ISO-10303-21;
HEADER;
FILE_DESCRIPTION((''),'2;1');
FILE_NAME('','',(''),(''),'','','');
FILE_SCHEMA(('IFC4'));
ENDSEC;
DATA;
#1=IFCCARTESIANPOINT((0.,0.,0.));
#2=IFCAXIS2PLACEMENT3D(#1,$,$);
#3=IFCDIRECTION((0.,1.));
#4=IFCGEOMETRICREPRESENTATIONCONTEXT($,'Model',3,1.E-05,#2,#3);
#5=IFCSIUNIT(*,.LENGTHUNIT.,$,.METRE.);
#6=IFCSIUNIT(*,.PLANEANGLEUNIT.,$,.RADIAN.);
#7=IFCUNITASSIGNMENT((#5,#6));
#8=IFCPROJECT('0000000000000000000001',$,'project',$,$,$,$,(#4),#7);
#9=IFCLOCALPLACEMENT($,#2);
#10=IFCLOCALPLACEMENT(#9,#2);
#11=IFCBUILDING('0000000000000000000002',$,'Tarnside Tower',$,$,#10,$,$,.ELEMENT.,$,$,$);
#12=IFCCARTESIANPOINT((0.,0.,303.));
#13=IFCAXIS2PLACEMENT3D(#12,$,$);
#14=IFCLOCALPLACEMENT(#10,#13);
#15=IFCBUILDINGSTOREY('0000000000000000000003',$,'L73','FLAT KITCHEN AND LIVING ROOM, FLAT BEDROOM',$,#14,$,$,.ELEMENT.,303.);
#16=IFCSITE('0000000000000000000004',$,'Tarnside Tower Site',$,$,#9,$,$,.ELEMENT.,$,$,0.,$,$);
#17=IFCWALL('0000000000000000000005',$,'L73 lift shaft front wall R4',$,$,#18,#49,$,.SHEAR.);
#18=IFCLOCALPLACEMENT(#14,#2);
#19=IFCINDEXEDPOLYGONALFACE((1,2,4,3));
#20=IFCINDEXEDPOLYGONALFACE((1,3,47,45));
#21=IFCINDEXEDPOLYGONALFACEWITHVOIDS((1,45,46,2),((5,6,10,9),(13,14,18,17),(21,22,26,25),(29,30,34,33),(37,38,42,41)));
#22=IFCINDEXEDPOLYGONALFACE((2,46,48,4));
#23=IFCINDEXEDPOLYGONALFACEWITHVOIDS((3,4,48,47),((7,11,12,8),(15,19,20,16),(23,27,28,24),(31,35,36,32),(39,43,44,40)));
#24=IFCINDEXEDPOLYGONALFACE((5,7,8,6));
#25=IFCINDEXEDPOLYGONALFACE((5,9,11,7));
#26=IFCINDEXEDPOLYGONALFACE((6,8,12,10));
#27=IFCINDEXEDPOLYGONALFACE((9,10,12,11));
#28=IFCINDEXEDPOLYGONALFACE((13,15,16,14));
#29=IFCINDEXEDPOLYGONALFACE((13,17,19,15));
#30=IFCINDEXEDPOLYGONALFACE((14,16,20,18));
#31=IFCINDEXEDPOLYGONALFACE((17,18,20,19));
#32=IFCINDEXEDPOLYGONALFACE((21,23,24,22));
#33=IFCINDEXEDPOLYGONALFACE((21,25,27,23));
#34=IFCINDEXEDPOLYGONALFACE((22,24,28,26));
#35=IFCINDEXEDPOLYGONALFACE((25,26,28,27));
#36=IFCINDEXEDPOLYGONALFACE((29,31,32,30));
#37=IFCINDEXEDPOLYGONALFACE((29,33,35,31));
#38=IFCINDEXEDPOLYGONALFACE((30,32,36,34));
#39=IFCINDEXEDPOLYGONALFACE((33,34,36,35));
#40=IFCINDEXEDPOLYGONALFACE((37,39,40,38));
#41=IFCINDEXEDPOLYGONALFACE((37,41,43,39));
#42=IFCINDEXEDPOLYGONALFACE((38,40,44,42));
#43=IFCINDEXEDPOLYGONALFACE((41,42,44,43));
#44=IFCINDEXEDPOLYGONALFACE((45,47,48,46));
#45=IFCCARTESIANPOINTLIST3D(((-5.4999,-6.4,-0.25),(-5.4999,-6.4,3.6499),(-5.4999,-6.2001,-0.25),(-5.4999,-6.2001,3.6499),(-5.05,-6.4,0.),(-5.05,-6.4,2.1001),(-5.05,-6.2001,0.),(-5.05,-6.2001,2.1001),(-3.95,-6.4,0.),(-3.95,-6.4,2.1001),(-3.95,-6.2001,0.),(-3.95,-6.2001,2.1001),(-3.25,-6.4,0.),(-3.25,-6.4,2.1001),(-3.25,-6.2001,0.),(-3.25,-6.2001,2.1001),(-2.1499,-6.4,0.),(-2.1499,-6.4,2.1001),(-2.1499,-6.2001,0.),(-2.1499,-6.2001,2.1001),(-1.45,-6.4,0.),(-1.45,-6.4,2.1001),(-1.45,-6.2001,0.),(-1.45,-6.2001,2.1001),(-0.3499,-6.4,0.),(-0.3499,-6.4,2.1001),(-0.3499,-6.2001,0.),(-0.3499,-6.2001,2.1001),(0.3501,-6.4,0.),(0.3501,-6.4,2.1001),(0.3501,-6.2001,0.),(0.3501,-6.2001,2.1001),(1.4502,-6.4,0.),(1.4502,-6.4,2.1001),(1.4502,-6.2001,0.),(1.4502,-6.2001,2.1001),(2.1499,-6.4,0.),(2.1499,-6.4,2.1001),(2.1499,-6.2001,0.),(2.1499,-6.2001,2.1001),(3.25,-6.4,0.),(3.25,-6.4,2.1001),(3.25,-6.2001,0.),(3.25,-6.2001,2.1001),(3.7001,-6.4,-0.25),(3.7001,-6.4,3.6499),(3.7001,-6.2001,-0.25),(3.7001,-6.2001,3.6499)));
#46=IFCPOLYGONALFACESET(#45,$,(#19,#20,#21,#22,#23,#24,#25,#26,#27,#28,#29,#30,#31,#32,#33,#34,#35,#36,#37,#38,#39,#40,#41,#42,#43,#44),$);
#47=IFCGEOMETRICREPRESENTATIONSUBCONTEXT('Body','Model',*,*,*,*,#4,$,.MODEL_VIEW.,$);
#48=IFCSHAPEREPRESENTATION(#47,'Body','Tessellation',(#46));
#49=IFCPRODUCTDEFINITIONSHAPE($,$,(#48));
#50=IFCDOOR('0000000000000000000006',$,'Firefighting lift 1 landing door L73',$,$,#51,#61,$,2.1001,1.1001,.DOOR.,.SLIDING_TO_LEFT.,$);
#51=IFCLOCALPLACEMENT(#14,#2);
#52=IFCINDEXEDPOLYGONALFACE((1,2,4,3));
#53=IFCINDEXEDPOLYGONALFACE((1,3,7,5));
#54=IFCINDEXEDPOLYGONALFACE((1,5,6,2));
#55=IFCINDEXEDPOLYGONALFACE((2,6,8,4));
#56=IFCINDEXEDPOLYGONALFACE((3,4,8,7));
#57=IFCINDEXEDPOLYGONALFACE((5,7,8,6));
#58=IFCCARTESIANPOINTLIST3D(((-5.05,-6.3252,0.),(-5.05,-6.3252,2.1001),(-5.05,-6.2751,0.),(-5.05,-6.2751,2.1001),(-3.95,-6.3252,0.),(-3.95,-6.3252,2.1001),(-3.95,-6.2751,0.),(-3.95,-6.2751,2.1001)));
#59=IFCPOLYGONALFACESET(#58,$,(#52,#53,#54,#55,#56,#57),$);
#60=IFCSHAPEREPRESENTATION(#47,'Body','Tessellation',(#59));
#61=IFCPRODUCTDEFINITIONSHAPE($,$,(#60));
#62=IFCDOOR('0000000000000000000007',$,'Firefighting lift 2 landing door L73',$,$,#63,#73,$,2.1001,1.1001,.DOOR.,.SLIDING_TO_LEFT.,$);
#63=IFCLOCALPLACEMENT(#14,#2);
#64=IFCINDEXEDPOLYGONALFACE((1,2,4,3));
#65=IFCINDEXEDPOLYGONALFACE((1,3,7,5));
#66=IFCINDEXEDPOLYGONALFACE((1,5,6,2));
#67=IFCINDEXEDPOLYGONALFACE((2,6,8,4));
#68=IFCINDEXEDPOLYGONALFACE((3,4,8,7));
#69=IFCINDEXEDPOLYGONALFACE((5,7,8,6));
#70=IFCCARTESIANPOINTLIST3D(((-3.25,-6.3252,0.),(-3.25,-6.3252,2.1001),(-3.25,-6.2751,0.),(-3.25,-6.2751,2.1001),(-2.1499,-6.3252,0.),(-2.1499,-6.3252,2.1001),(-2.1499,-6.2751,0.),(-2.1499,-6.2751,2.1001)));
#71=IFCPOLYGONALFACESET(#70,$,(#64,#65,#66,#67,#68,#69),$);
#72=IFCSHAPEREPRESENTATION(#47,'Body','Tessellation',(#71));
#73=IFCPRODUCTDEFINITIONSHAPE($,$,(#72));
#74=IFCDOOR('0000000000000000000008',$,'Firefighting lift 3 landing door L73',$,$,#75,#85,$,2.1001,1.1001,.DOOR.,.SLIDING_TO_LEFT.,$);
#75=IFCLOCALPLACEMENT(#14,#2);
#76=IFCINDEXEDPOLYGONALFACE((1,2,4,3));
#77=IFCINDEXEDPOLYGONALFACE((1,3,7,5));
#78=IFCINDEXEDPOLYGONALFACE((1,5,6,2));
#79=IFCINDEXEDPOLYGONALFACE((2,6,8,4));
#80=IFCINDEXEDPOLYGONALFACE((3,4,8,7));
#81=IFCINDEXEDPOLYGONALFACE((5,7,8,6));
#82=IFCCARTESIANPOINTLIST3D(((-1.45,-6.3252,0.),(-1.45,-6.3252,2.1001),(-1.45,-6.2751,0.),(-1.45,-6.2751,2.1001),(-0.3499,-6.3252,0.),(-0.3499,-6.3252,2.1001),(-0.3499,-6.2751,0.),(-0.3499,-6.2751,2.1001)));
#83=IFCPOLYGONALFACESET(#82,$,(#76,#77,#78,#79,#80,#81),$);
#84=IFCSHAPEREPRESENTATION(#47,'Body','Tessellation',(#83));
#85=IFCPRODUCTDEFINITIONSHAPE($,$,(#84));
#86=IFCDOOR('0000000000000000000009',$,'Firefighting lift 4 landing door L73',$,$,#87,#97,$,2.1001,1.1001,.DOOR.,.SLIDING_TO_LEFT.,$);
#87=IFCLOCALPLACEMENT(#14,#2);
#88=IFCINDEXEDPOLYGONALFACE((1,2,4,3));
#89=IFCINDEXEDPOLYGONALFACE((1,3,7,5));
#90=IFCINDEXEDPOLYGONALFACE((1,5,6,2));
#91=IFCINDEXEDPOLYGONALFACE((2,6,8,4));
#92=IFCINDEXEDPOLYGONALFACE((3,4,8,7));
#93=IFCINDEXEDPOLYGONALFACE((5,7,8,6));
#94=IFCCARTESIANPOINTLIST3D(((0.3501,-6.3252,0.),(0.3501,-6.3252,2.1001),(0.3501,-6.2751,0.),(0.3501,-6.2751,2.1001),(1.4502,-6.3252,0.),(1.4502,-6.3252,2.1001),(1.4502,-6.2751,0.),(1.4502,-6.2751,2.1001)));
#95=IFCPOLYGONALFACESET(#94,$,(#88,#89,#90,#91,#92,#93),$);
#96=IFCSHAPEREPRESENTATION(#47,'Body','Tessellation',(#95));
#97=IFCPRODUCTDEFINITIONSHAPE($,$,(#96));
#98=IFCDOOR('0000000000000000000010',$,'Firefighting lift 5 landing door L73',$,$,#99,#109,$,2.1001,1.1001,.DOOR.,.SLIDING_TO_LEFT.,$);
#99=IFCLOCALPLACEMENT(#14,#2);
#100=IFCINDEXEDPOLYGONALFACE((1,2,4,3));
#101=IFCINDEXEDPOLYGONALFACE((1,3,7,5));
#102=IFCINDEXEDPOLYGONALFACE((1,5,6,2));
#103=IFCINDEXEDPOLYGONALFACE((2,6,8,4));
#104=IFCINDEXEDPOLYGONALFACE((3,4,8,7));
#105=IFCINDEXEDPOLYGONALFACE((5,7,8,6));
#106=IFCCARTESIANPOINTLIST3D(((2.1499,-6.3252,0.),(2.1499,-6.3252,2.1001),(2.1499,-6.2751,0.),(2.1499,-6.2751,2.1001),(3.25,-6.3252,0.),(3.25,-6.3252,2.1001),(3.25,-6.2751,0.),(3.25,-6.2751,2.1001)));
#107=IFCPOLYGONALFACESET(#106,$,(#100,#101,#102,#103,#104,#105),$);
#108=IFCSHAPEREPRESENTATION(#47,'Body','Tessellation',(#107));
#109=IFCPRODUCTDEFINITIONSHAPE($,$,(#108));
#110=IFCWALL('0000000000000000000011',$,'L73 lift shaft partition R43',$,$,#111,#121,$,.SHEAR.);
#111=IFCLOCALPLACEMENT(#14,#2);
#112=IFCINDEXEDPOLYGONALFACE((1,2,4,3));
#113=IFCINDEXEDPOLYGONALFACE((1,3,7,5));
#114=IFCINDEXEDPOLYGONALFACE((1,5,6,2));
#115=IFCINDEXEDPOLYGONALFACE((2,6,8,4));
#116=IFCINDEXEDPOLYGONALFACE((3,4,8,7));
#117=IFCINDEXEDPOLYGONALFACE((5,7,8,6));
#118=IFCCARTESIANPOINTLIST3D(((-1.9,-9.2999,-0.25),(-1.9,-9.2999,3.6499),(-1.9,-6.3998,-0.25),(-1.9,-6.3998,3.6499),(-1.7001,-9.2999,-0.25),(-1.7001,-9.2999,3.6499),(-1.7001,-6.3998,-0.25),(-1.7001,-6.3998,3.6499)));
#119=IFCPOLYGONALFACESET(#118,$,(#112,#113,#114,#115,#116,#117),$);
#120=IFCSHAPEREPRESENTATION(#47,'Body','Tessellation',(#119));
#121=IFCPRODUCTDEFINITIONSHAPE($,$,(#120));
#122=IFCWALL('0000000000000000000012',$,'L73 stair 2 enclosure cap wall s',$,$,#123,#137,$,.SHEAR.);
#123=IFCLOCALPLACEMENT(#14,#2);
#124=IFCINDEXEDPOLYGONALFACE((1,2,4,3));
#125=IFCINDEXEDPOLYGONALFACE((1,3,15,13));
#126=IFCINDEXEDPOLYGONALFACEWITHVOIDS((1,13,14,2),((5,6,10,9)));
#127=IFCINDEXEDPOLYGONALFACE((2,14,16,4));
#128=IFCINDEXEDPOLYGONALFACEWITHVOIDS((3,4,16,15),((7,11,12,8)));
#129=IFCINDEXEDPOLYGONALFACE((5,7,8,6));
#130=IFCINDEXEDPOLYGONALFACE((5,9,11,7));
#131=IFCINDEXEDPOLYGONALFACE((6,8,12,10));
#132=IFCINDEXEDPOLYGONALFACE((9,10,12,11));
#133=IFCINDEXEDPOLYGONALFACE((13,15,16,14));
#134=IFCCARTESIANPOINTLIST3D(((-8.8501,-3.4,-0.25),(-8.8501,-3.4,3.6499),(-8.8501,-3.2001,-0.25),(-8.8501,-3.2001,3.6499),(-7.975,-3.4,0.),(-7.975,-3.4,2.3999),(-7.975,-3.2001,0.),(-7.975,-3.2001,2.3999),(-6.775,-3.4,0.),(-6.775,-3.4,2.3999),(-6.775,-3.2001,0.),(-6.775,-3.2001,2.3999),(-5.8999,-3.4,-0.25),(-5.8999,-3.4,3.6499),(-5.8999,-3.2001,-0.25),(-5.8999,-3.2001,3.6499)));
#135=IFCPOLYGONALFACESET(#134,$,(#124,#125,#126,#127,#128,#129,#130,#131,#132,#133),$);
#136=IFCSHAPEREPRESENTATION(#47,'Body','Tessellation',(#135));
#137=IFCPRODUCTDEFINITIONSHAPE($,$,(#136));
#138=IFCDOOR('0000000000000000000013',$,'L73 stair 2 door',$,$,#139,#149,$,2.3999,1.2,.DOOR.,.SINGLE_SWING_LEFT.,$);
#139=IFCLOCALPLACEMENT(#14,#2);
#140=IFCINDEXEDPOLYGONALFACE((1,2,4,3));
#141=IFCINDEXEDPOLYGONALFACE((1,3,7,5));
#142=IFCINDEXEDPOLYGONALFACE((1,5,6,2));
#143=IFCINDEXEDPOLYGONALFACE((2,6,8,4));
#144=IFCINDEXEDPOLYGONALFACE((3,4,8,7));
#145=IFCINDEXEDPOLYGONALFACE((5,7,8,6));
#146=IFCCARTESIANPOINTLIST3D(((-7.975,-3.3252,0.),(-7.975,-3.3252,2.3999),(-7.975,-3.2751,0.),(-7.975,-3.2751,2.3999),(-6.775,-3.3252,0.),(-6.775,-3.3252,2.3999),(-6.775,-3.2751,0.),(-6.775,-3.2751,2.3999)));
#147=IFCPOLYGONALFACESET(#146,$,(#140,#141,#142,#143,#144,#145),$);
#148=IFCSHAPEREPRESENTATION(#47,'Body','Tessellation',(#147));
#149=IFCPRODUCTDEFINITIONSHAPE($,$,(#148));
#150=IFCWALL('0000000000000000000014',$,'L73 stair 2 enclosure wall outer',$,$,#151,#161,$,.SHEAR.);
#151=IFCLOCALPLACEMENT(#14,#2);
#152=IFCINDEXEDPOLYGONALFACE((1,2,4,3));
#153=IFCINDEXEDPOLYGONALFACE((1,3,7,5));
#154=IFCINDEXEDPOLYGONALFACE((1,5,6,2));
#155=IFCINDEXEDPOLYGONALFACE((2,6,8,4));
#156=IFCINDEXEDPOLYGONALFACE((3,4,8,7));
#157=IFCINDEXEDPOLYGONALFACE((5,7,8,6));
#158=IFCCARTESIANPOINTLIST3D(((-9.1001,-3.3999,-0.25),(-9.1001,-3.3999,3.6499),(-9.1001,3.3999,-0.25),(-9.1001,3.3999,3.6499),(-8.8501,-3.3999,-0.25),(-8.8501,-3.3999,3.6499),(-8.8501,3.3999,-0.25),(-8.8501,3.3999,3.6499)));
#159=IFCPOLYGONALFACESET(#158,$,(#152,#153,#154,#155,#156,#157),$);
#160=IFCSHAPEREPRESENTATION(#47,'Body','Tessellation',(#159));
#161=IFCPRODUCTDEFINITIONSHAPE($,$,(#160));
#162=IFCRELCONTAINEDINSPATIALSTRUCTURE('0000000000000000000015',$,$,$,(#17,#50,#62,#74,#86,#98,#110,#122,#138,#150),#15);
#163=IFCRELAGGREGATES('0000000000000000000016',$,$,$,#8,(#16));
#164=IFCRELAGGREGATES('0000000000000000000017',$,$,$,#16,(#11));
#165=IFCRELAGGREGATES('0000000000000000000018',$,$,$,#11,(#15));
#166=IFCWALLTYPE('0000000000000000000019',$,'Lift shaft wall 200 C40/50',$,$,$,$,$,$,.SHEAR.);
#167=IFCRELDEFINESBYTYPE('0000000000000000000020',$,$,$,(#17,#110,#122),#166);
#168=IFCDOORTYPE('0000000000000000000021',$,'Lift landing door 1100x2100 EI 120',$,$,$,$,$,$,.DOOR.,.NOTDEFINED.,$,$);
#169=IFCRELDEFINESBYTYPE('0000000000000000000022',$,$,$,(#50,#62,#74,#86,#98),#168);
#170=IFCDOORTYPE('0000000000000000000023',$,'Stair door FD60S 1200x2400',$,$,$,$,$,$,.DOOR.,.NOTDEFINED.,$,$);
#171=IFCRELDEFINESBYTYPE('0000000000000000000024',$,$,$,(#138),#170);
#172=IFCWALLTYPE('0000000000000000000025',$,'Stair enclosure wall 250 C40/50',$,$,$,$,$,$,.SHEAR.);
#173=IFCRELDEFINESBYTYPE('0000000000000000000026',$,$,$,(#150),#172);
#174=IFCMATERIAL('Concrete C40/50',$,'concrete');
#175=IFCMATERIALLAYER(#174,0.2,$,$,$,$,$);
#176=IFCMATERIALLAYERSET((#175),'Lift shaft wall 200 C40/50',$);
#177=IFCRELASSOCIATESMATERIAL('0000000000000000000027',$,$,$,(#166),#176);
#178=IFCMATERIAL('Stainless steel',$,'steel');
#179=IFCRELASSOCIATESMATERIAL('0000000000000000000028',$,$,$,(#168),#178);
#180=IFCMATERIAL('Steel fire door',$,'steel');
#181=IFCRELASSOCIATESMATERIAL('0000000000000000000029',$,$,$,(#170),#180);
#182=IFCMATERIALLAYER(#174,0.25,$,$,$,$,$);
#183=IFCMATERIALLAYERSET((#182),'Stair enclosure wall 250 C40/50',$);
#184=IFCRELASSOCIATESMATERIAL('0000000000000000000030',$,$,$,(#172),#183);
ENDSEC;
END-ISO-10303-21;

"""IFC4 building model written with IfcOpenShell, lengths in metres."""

from ifc_helpers import new_model, si_unit, direction, frame, frame_2d, origin, place, context, subcontext, project, spatial, rectangle, extrude, material, layer, layer_set, type_object, element, fill, save


model = new_model("IFC4")

# Units and contexts
model_context = context("Model", 3, precision=1e-05, world=origin(), true_north=direction((0.0, 1.0)))
body_context = subcontext(model_context, "Body", "Model", "MODEL_VIEW")
ifc_project = project(units=[si_unit("LENGTHUNIT", "METRE"), si_unit("PLANEANGLEUNIT", "RADIAN")], contexts=[model_context])

# Site, building, storey
site_placement = place(None, origin())
site = spatial("IfcSite", under=ifc_project, at=site_placement, Name="Tarnside Tower Site", CompositionType="ELEMENT", RefElevation=0.0)
building_placement = place(site_placement, origin())
building = spatial("IfcBuilding", under=site, at=building_placement, Name="Tarnside Tower", CompositionType="ELEMENT")
storey_placement = place(building_placement, frame((0.0, 0.0, 303.0)))
storey = spatial("IfcBuildingStorey", under=building, at=storey_placement, Name="L73", Description="FLAT KITCHEN AND LIVING ROOM, FLAT BEDROOM", CompositionType="ELEMENT", Elevation=303.0)

# Shared definitions
ifc_material_1 = material(Name="Concrete C40/50", Category="concrete")
ifc_material_2 = material(Name="Steel fire door", Category="steel")

# Wall, openings, doors
ifc_layer_1 = layer(ifc_material_1, 0.2)
ifc_layer_set_1 = layer_set([ifc_layer_1], Name="Lift shaft wall 200 C40/50")
wall_type_1 = type_object("IfcWallType", Name="Lift shaft wall 200 C40/50", PredefinedType="SHEAR", material=ifc_layer_set_1)
wall_1_placement = place(storey_placement, frame((-5.5, -6.3, -0.25), z_axis=(0.0, 0.0, 1.0), x_axis=(1.0, 0.0, 0.0)))
wall_1 = element("IfcWall", 1, at=wall_1_placement, inside=storey, type_object=wall_type_1, Name="L73 lift shaft front wall R4", PredefinedType="SHEAR", context=body_context, shape_type="SweptSolid", body=[
    extrude(rectangle(XDim=9.2, YDim=0.2, at=frame_2d((4.6001, 0.0))), origin(), (0.0, 0.0, 1.0), 3.8999),
])
opening_1_placement = place(wall_1_placement, frame((0.45, 0.0, 0.25)))
opening_1 = element("IfcOpeningElement", 2, at=opening_1_placement, cuts=wall_1, PredefinedType="OPENING", context=body_context, shape_type="SweptSolid", body=[
    extrude(rectangle(XDim=1.1001, YDim=2.1001, at=frame_2d((0.55, 1.05))), frame((0.0, 0.1099, 0.0), z_axis=(0.0, -1.0, 0.0), x_axis=(1.0, 0.0, 0.0)), (0.0, 0.0, 1.0), 0.22),
])
opening_2_placement = place(wall_1_placement, frame((2.25, 0.0, 0.25)))
opening_2 = element("IfcOpeningElement", 3, at=opening_2_placement, cuts=wall_1, PredefinedType="OPENING", context=body_context, shape_type="SweptSolid", body=[
    extrude(rectangle(XDim=1.1001, YDim=2.1001, at=frame_2d((0.55, 1.05))), frame((0.0, 0.1099, 0.0), z_axis=(0.0, -1.0, 0.0), x_axis=(1.0, 0.0, 0.0)), (0.0, 0.0, 1.0), 0.22),
])
opening_3_placement = place(wall_1_placement, frame((4.05, 0.0, 0.25)))
opening_3 = element("IfcOpeningElement", 4, at=opening_3_placement, cuts=wall_1, PredefinedType="OPENING", context=body_context, shape_type="SweptSolid", body=[
    extrude(rectangle(XDim=1.1001, YDim=2.1001, at=frame_2d((0.55, 1.05))), frame((0.0, 0.1099, 0.0), z_axis=(0.0, -1.0, 0.0), x_axis=(1.0, 0.0, 0.0)), (0.0, 0.0, 1.0), 0.22),
])
opening_4_placement = place(wall_1_placement, frame((5.8501, 0.0, 0.25)))
opening_4 = element("IfcOpeningElement", 5, at=opening_4_placement, cuts=wall_1, PredefinedType="OPENING", context=body_context, shape_type="SweptSolid", body=[
    extrude(rectangle(XDim=1.1001, YDim=2.1001, at=frame_2d((0.55, 1.05))), frame((0.0, 0.1099, 0.0), z_axis=(0.0, -1.0, 0.0), x_axis=(1.0, 0.0, 0.0)), (0.0, 0.0, 1.0), 0.22),
])
opening_5_placement = place(wall_1_placement, frame((7.6499, 0.0, 0.25)))
opening_5 = element("IfcOpeningElement", 6, at=opening_5_placement, cuts=wall_1, PredefinedType="OPENING", context=body_context, shape_type="SweptSolid", body=[
    extrude(rectangle(XDim=1.1001, YDim=2.1001, at=frame_2d((0.55, 1.05))), frame((0.0, 0.1099, 0.0), z_axis=(0.0, -1.0, 0.0), x_axis=(1.0, 0.0, 0.0)), (0.0, 0.0, 1.0), 0.22),
])
ifc_material_3 = material(Name="Stainless steel", Category="steel")
door_type_1 = type_object("IfcDoorType", Name="Lift landing door 1100x2100 EI 120", OperationType="NOTDEFINED", PredefinedType="DOOR", material=ifc_material_3)
door_1_placement = place(opening_1_placement, origin())
door_1 = element("IfcDoor", 7, at=door_1_placement, inside=storey, type_object=door_type_1, Name="Firefighting lift 1 landing door L73", OperationType="SLIDING_TO_LEFT", OverallHeight=2.1001, OverallWidth=1.1001, PredefinedType="DOOR", context=body_context, shape_type="SweptSolid", body=[
    extrude(rectangle(XDim=1.1001, YDim=2.1001, at=frame_2d((0.55, 1.05))), frame((0.0, 0.0249, 0.0), z_axis=(0.0, -1.0, 0.0), x_axis=(1.0, 0.0, 0.0)), (0.0, 0.0, 1.0), 0.05),
])
fill(opening_1, door_1)
door_2_placement = place(opening_2_placement, origin())
door_2 = element("IfcDoor", 8, at=door_2_placement, inside=storey, type_object=door_type_1, Name="Firefighting lift 2 landing door L73", OperationType="SLIDING_TO_LEFT", OverallHeight=2.1001, OverallWidth=1.1001, PredefinedType="DOOR", context=body_context, shape_type="SweptSolid", body=[
    extrude(rectangle(XDim=1.1001, YDim=2.1001, at=frame_2d((0.55, 1.05))), frame((0.0, 0.0249, 0.0), z_axis=(0.0, -1.0, 0.0), x_axis=(1.0, 0.0, 0.0)), (0.0, 0.0, 1.0), 0.05),
])
fill(opening_2, door_2)
door_3_placement = place(opening_3_placement, origin())
door_3 = element("IfcDoor", 9, at=door_3_placement, inside=storey, type_object=door_type_1, Name="Firefighting lift 3 landing door L73", OperationType="SLIDING_TO_LEFT", OverallHeight=2.1001, OverallWidth=1.1001, PredefinedType="DOOR", context=body_context, shape_type="SweptSolid", body=[
    extrude(rectangle(XDim=1.1001, YDim=2.1001, at=frame_2d((0.55, 1.05))), frame((0.0, 0.0249, 0.0), z_axis=(0.0, -1.0, 0.0), x_axis=(1.0, 0.0, 0.0)), (0.0, 0.0, 1.0), 0.05),
])
fill(opening_3, door_3)
door_4_placement = place(opening_4_placement, origin())
door_4 = element("IfcDoor", 10, at=door_4_placement, inside=storey, type_object=door_type_1, Name="Firefighting lift 4 landing door L73", OperationType="SLIDING_TO_LEFT", OverallHeight=2.1001, OverallWidth=1.1001, PredefinedType="DOOR", context=body_context, shape_type="SweptSolid", body=[
    extrude(rectangle(XDim=1.1001, YDim=2.1001, at=frame_2d((0.55, 1.05))), frame((0.0, 0.0249, 0.0), z_axis=(0.0, -1.0, 0.0), x_axis=(1.0, 0.0, 0.0)), (0.0, 0.0, 1.0), 0.05),
])
fill(opening_4, door_4)
door_5_placement = place(opening_5_placement, origin())
door_5 = element("IfcDoor", 11, at=door_5_placement, inside=storey, type_object=door_type_1, Name="Firefighting lift 5 landing door L73", OperationType="SLIDING_TO_LEFT", OverallHeight=2.1001, OverallWidth=1.1001, PredefinedType="DOOR", context=body_context, shape_type="SweptSolid", body=[
    extrude(rectangle(XDim=1.1001, YDim=2.1001, at=frame_2d((0.55, 1.05))), frame((0.0, 0.0249, 0.0), z_axis=(0.0, -1.0, 0.0), x_axis=(1.0, 0.0, 0.0)), (0.0, 0.0, 1.0), 0.05),
])
fill(opening_5, door_5)

# Wall
wall_2_placement = place(storey_placement, frame((-1.8, -9.3, -0.25), z_axis=(0.0, 0.0, 1.0), x_axis=(0.0, 1.0, 0.0)))
element("IfcWall", 12, at=wall_2_placement, inside=storey, type_object=wall_type_1, Name="L73 lift shaft partition R43", PredefinedType="SHEAR", context=body_context, shape_type="SweptSolid", body=[
    extrude(rectangle(XDim=2.9001, YDim=0.2, at=frame_2d((1.4502, 0.0))), origin(), (0.0, 0.0, 1.0), 3.8999),
])

# Wall, opening, door
wall_3_placement = place(storey_placement, frame((-8.8501, -3.3, -0.25), z_axis=(0.0, 0.0, 1.0), x_axis=(1.0, 0.0, 0.0)))
wall_3 = element("IfcWall", 13, at=wall_3_placement, inside=storey, type_object=wall_type_1, Name="L73 stair 2 enclosure cap wall s", PredefinedType="SHEAR", context=body_context, shape_type="SweptSolid", body=[
    extrude(rectangle(XDim=2.9502, YDim=0.2, at=frame_2d((1.4751, 0.0))), origin(), (0.0, 0.0, 1.0), 3.8999),
])
opening_6_placement = place(wall_3_placement, frame((0.875, 0.0, 0.25)))
opening_6 = element("IfcOpeningElement", 14, at=opening_6_placement, cuts=wall_3, PredefinedType="OPENING", context=body_context, shape_type="SweptSolid", body=[
    extrude(rectangle(XDim=1.2, YDim=2.3999, at=frame_2d((0.6001, 1.2))), frame((0.0, 0.1099, 0.0), z_axis=(0.0, -1.0, 0.0), x_axis=(1.0, 0.0, 0.0)), (0.0, 0.0, 1.0), 0.22),
])
door_type_2 = type_object("IfcDoorType", Name="Stair door FD60S 1200x2400", OperationType="NOTDEFINED", PredefinedType="DOOR", material=ifc_material_2)
door_6_placement = place(opening_6_placement, origin())
door_6 = element("IfcDoor", 15, at=door_6_placement, inside=storey, type_object=door_type_2, Name="L73 stair 2 door", OperationType="SINGLE_SWING_LEFT", OverallHeight=2.3999, OverallWidth=1.2, PredefinedType="DOOR", context=body_context, shape_type="SweptSolid", body=[
    extrude(rectangle(XDim=1.2, YDim=2.3999, at=frame_2d((0.6001, 1.2))), frame((0.0, 0.0249, 0.0), z_axis=(0.0, -1.0, 0.0), x_axis=(1.0, 0.0, 0.0)), (0.0, 0.0, 1.0), 0.05),
])
fill(opening_6, door_6)

# Wall
ifc_layer_2 = layer(ifc_material_1, 0.25)
ifc_layer_set_2 = layer_set([ifc_layer_2], Name="Stair enclosure wall 250 C40/50")
wall_type_2 = type_object("IfcWallType", Name="Stair enclosure wall 250 C40/50", PredefinedType="SHEAR", material=ifc_layer_set_2)
wall_4_placement = place(storey_placement, frame((-8.9751, -3.3999, -0.25), z_axis=(0.0, 0.0, 1.0), x_axis=(0.0, 1.0, 0.0)))
element("IfcWall", 16, at=wall_4_placement, inside=storey, type_object=wall_type_2, Name="L73 stair 2 enclosure wall outer", PredefinedType="SHEAR", context=body_context, shape_type="SweptSolid", body=[
    extrude(rectangle(XDim=6.7998, YDim=0.25, at=frame_2d((3.3999, 0.0))), origin(), (0.0, 0.0, 1.0), 3.8999),
])

save(model, "model.ifc")
